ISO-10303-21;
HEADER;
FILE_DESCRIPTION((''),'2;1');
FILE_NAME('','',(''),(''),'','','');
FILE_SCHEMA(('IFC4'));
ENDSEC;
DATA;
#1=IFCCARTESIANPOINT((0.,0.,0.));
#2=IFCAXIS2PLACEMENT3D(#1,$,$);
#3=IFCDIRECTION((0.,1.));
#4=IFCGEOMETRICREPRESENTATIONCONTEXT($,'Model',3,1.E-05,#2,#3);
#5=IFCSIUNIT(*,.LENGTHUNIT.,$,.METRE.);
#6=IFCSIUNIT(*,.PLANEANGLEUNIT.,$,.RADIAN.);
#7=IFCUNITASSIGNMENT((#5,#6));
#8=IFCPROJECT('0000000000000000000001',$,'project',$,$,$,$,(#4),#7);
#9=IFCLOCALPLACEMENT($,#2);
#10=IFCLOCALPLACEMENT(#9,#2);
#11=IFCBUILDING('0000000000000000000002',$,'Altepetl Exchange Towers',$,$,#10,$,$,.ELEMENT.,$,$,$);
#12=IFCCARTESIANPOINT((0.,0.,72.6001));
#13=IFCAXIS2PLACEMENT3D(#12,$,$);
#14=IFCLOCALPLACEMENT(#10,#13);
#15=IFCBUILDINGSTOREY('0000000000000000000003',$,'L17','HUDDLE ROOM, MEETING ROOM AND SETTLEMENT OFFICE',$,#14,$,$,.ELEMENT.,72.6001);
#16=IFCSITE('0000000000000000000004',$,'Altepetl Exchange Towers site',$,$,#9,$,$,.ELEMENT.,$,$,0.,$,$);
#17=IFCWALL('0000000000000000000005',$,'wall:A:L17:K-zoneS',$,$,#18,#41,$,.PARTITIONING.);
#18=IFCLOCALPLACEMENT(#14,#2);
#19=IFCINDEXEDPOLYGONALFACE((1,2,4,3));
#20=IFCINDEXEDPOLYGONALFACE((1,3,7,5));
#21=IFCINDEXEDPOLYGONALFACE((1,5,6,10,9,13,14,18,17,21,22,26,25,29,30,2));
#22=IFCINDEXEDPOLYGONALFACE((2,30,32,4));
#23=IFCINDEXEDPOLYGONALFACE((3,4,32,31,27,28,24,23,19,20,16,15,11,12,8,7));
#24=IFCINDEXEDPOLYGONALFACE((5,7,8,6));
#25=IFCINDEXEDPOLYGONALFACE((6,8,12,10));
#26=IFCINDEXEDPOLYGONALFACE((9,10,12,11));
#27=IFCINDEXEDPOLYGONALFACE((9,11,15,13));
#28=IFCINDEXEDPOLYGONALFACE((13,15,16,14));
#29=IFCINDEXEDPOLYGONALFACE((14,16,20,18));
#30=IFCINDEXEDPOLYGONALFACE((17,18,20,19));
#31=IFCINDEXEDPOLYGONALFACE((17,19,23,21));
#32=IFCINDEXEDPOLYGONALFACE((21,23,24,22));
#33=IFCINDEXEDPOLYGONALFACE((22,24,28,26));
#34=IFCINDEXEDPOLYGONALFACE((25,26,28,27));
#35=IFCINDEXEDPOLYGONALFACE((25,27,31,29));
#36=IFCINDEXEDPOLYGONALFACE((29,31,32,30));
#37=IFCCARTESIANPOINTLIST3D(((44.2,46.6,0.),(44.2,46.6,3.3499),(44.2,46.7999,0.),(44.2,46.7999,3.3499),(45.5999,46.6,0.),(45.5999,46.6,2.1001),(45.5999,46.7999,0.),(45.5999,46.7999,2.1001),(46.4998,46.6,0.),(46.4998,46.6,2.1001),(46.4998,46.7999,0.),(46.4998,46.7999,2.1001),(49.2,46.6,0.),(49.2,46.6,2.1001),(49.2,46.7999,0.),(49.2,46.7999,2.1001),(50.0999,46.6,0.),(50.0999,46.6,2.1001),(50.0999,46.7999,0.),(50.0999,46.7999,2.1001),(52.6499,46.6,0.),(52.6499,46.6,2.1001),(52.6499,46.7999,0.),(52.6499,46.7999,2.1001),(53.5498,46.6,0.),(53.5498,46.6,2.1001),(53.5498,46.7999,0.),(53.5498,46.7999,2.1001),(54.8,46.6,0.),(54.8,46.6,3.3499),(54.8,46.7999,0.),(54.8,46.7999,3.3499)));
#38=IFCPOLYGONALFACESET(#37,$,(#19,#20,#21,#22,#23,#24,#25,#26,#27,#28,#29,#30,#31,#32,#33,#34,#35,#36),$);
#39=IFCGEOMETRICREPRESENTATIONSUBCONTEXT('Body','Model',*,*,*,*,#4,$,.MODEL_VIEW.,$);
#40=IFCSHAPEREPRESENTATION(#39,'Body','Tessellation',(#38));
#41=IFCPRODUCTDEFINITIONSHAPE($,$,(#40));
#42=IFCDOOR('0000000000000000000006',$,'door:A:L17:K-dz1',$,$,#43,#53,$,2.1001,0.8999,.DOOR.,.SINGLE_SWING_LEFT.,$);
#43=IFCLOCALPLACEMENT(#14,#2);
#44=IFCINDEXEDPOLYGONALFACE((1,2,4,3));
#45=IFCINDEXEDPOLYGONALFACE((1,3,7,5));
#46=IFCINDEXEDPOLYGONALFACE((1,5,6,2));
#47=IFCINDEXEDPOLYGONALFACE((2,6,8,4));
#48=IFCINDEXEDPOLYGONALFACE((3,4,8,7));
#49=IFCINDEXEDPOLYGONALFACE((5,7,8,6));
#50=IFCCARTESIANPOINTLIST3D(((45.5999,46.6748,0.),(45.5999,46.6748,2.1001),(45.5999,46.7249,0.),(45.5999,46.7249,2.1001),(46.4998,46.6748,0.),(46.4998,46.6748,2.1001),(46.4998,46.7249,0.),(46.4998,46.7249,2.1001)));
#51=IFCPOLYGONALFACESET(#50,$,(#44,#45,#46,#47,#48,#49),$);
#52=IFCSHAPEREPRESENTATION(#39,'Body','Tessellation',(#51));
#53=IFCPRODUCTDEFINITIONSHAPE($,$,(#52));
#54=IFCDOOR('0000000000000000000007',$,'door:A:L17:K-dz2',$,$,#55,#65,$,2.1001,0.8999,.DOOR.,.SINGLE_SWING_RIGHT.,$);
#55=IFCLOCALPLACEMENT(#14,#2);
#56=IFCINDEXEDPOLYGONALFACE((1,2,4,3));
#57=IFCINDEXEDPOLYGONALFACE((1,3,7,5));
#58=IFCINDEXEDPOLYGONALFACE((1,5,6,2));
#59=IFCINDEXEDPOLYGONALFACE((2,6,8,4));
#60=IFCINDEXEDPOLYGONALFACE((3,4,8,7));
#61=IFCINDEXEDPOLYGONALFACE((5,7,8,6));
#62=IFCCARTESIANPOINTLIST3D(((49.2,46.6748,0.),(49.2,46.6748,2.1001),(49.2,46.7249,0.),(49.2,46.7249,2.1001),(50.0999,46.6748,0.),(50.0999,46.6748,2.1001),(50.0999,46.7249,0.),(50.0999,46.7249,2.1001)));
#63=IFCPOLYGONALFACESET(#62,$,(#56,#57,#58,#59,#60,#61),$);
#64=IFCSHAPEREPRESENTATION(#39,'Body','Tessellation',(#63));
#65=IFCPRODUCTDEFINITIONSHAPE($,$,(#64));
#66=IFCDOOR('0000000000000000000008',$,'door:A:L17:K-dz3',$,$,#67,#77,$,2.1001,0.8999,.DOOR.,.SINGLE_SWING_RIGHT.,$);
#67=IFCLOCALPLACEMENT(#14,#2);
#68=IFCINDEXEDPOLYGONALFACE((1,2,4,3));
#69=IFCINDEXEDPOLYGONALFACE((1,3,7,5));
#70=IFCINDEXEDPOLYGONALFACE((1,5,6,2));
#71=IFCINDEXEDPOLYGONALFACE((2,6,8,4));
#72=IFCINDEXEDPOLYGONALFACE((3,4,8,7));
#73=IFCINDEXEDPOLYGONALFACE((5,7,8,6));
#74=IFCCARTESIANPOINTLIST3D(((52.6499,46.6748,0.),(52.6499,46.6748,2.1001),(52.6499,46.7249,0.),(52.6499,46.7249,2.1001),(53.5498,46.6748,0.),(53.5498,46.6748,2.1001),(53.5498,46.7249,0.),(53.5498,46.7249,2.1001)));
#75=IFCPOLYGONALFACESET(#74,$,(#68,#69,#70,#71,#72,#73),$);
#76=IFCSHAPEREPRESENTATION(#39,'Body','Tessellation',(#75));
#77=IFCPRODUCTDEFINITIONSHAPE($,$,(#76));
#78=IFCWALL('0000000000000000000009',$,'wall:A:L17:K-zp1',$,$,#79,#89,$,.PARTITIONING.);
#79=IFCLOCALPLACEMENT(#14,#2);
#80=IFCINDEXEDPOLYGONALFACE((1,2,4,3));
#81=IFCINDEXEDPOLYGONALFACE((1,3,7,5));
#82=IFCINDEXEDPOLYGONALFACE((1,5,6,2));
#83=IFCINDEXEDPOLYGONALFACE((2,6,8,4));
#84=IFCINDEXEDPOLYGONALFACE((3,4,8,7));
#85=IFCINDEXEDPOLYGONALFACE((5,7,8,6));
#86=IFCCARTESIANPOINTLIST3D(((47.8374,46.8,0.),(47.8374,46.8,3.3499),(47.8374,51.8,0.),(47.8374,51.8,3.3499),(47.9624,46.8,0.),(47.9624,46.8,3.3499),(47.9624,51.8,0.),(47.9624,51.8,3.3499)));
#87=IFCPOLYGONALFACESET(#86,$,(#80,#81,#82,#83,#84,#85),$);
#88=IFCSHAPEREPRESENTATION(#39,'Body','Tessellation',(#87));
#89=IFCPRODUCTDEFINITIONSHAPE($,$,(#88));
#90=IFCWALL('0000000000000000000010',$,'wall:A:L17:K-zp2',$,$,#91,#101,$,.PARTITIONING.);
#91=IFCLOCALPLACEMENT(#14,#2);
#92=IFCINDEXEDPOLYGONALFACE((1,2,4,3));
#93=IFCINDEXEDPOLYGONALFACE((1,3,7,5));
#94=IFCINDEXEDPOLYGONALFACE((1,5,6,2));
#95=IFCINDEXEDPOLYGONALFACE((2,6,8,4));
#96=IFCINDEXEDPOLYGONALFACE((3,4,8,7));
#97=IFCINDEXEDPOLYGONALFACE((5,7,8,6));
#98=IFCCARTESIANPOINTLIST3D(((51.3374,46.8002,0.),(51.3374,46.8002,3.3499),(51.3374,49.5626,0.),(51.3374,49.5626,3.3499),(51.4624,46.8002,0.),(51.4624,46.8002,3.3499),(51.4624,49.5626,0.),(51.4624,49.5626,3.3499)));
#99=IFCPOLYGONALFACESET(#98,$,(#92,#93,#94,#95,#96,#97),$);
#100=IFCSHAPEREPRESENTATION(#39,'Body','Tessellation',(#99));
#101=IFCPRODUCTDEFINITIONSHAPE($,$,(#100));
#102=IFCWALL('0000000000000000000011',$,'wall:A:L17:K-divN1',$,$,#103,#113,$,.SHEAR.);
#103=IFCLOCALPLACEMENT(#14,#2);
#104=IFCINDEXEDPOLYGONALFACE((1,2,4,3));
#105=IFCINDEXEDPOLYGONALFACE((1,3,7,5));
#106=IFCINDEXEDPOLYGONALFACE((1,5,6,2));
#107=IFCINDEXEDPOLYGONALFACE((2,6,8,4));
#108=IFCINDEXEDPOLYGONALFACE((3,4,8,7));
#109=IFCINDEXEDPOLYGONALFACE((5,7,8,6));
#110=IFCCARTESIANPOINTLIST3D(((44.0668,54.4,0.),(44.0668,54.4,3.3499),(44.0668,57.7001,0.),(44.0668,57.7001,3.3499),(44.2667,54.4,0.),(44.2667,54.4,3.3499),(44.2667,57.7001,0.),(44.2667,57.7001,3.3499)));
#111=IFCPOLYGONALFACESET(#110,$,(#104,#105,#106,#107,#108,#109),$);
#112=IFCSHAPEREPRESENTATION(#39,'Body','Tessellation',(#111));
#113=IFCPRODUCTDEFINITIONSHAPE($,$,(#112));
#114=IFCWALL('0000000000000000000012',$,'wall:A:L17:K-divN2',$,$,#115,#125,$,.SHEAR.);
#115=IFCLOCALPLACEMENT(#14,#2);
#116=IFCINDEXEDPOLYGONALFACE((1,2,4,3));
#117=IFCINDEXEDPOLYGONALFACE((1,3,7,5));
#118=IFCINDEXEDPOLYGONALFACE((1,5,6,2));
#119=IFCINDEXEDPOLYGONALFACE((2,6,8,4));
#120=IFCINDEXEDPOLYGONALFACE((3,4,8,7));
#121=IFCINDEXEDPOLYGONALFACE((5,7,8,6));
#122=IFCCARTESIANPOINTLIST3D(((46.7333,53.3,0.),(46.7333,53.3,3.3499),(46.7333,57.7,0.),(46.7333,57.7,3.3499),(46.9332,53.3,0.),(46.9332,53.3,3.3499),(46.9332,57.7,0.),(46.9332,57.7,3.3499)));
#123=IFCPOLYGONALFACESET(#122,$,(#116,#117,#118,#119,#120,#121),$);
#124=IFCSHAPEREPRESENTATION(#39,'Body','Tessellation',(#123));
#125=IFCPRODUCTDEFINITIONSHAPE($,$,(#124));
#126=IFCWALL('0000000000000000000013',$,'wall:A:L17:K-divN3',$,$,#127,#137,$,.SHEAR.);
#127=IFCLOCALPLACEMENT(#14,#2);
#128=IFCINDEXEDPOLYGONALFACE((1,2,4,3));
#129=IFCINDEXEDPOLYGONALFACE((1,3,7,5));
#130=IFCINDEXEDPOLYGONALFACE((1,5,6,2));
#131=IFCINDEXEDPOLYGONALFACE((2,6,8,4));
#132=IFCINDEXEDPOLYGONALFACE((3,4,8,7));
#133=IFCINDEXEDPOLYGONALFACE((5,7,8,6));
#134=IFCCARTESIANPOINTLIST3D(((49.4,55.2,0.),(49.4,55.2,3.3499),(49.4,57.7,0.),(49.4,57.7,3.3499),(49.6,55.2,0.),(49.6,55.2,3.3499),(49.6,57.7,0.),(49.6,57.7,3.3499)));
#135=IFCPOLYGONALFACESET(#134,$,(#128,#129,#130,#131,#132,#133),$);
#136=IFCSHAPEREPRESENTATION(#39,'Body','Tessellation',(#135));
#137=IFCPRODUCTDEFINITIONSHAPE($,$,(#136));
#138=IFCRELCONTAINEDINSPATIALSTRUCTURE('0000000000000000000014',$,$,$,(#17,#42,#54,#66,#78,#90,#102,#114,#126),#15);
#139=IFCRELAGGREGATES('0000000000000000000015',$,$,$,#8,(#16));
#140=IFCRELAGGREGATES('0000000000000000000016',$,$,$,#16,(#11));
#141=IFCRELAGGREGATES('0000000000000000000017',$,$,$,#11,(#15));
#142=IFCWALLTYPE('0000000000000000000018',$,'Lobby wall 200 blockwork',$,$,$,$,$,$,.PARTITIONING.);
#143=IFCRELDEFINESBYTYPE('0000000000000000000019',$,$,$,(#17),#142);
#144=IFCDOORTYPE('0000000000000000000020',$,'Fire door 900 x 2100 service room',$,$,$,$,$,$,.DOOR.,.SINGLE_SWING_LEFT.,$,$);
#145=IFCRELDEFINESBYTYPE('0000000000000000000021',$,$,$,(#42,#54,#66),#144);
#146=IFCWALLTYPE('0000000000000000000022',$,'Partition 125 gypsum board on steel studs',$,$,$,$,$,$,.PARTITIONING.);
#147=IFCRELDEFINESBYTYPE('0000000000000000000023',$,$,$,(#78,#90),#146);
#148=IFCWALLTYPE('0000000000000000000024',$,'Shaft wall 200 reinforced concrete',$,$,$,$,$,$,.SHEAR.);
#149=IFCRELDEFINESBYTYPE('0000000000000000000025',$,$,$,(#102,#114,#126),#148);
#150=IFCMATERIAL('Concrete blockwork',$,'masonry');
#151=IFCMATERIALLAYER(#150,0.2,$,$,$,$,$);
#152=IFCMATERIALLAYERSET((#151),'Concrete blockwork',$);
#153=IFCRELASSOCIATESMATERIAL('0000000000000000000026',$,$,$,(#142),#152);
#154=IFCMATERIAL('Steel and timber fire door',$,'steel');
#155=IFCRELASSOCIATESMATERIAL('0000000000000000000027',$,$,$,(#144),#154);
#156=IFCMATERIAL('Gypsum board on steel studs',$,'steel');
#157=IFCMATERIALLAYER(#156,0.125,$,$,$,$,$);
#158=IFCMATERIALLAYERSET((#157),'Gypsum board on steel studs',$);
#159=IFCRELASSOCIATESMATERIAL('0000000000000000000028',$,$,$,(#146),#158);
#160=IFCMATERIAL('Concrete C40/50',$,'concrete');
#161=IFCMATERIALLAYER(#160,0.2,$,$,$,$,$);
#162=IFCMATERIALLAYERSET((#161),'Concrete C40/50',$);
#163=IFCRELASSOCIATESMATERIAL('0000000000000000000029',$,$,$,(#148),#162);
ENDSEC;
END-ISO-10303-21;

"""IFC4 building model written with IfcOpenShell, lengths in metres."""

from ifc_helpers import new_model, si_unit, direction, frame, frame_2d, origin, place, context, subcontext, project, spatial, rectangle, extrude, material, layer, layer_set, type_object, element, fill, save


model = new_model("IFC4")

# Units and contexts
model_context = context("Model", 3, precision=1e-05, world=origin(), true_north=direction((0.0, 1.0)))
body_context = subcontext(model_context, "Body", "Model", "MODEL_VIEW")
ifc_project = project(units=[si_unit("LENGTHUNIT", "METRE"), si_unit("PLANEANGLEUNIT", "RADIAN")], contexts=[model_context])

# Site, building, storey
site_placement = place(None, origin())
site = spatial("IfcSite", under=ifc_project, at=site_placement, Name="Altepetl Exchange Towers site", CompositionType="ELEMENT", RefElevation=0.0)
building_placement = place(site_placement, origin())
building = spatial("IfcBuilding", under=site, at=building_placement, Name="Altepetl Exchange Towers", CompositionType="ELEMENT")
storey_placement = place(building_placement, frame((0.0, 0.0, 72.6001)))
storey = spatial("IfcBuildingStorey", under=building, at=storey_placement, Name="L17", Description="HUDDLE ROOM, MEETING ROOM AND SETTLEMENT OFFICE", CompositionType="ELEMENT", Elevation=72.6001)

# Shared definitions
ifc_material_1 = material(Name="Concrete blockwork", Category="masonry")
ifc_layer_1 = layer(ifc_material_1, 0.2)
ifc_layer_set_1 = layer_set([ifc_layer_1], Name="Concrete blockwork")
wall_type_1 = type_object("IfcWallType", Name="Lobby wall 200 blockwork", PredefinedType="PARTITIONING", material=ifc_layer_set_1)

# Shared definitions
ifc_material_2 = material(Name="Steel and timber fire door", Category="steel")
door_type_1 = type_object("IfcDoorType", Name="Fire door 900 x 2100 service room", OperationType="SINGLE_SWING_LEFT", PredefinedType="DOOR", material=ifc_material_2)

# Wall, openings, doors
wall_1_placement = place(storey_placement, frame((44.2, 46.7, 0.0)))
wall_1 = element("IfcWall", 1, at=wall_1_placement, inside=storey, type_object=wall_type_1, Name="wall:A:L17:K-zoneS", PredefinedType="PARTITIONING", context=body_context, shape_type="SweptSolid", body=[
    extrude(rectangle(XDim=10.6001, YDim=0.2, at=frame_2d((5.3, 0.0))), origin(), (0.0, 0.0, 1.0), 3.3499),
])
opening_1_placement = place(wall_1_placement, frame((1.3999, 0.0, 0.0)))
opening_1 = element("IfcOpeningElement", 2, at=opening_1_placement, cuts=wall_1, PredefinedType="OPENING", context=body_context, shape_type="SweptSolid", body=[
    extrude(rectangle(XDim=0.8999, YDim=2.1001, at=frame_2d((0.45, 1.05))), frame((0.0, 0.1099, 0.0), z_axis=(0.0, -1.0, 0.0), x_axis=(1.0, 0.0, 0.0)), (0.0, 0.0, 1.0), 0.22),
])
opening_2_placement = place(wall_1_placement, frame((5.0, 0.0, 0.0)))
opening_2 = element("IfcOpeningElement", 3, at=opening_2_placement, cuts=wall_1, PredefinedType="OPENING", context=body_context, shape_type="SweptSolid", body=[
    extrude(rectangle(XDim=0.8999, YDim=2.1001, at=frame_2d((0.45, 1.05))), frame((0.0, 0.1099, 0.0), z_axis=(0.0, -1.0, 0.0), x_axis=(1.0, 0.0, 0.0)), (0.0, 0.0, 1.0), 0.22),
])
opening_3_placement = place(wall_1_placement, frame((8.45, 0.0, 0.0)))
opening_3 = element("IfcOpeningElement", 4, at=opening_3_placement, cuts=wall_1, PredefinedType="OPENING", context=body_context, shape_type="SweptSolid", body=[
    extrude(rectangle(XDim=0.8999, YDim=2.1001, at=frame_2d((0.45, 1.05))), frame((0.0, 0.1099, 0.0), z_axis=(0.0, -1.0, 0.0), x_axis=(1.0, 0.0, 0.0)), (0.0, 0.0, 1.0), 0.22),
])
door_1_placement = place(opening_1_placement, origin())
door_1 = element("IfcDoor", 5, at=door_1_placement, inside=storey, type_object=door_type_1, Name="door:A:L17:K-dz1", OperationType="SINGLE_SWING_LEFT", OverallHeight=2.1001, OverallWidth=0.8999, PredefinedType="DOOR", context=body_context, shape_type="SweptSolid", body=[
    extrude(rectangle(XDim=0.8999, YDim=2.1001, at=frame_2d((0.45, 1.05))), frame((0.0, 0.0249, 0.0), z_axis=(0.0, -1.0, 0.0), x_axis=(1.0, 0.0, 0.0)), (0.0, 0.0, 1.0), 0.05),
])
fill(opening_1, door_1)
door_2_placement = place(opening_2_placement, origin())
door_2 = element("IfcDoor", 6, at=door_2_placement, inside=storey, type_object=door_type_1, Name="door:A:L17:K-dz2", OperationType="SINGLE_SWING_RIGHT", OverallHeight=2.1001, OverallWidth=0.8999, PredefinedType="DOOR", context=body_context, shape_type="SweptSolid", body=[
    extrude(rectangle(XDim=0.8999, YDim=2.1001, at=frame_2d((0.45, 1.05))), frame((0.0, 0.0249, 0.0), z_axis=(0.0, -1.0, 0.0), x_axis=(1.0, 0.0, 0.0)), (0.0, 0.0, 1.0), 0.05),
])
fill(opening_2, door_2)
door_3_placement = place(opening_3_placement, origin())
door_3 = element("IfcDoor", 7, at=door_3_placement, inside=storey, type_object=door_type_1, Name="door:A:L17:K-dz3", OperationType="SINGLE_SWING_RIGHT", OverallHeight=2.1001, OverallWidth=0.8999, PredefinedType="DOOR", context=body_context, shape_type="SweptSolid", body=[
    extrude(rectangle(XDim=0.8999, YDim=2.1001, at=frame_2d((0.45, 1.05))), frame((0.0, 0.0249, 0.0), z_axis=(0.0, -1.0, 0.0), x_axis=(1.0, 0.0, 0.0)), (0.0, 0.0, 1.0), 0.05),
])
fill(opening_3, door_3)

# Walls
ifc_material_3 = material(Name="Gypsum board on steel studs", Category="steel")
ifc_layer_2 = layer(ifc_material_3, 0.125)
ifc_layer_set_2 = layer_set([ifc_layer_2], Name="Gypsum board on steel studs")
wall_type_2 = type_object("IfcWallType", Name="Partition 125 gypsum board on steel studs", PredefinedType="PARTITIONING", material=ifc_layer_set_2)
wall_2_placement = place(storey_placement, frame((47.8999, 46.8, 0.0), z_axis=(0.0, 0.0, 1.0), x_axis=(0.0, 1.0, 0.0)))
element("IfcWall", 8, at=wall_2_placement, inside=storey, type_object=wall_type_2, Name="wall:A:L17:K-zp1", PredefinedType="PARTITIONING", context=body_context, shape_type="SweptSolid", body=[
    extrude(rectangle(XDim=5.0, YDim=0.125, at=frame_2d((2.5, 0.0))), origin(), (0.0, 0.0, 1.0), 3.3499),
])
wall_3_placement = place(storey_placement, frame((51.3999, 46.8, 0.0), z_axis=(0.0, 0.0, 1.0), x_axis=(0.0, 1.0, 0.0)))
element("IfcWall", 9, at=wall_3_placement, inside=storey, type_object=wall_type_2, Name="wall:A:L17:K-zp2", PredefinedType="PARTITIONING", context=body_context, shape_type="SweptSolid", body=[
    extrude(rectangle(XDim=2.7625, YDim=0.125, at=frame_2d((1.3813, 0.0))), origin(), (0.0, 0.0, 1.0), 3.3499),
])
ifc_material_4 = material(Name="Concrete C40/50", Category="concrete")
ifc_layer_3 = layer(ifc_material_4, 0.2)
ifc_layer_set_3 = layer_set([ifc_layer_3], Name="Concrete C40/50")
wall_type_3 = type_object("IfcWallType", Name="Shaft wall 200 reinforced concrete", PredefinedType="SHEAR", material=ifc_layer_set_3)
wall_4_placement = place(storey_placement, frame((44.1667, 57.7, 0.0), z_axis=(0.0, 0.0, 1.0), x_axis=(0.0, -1.0, 0.0)))
element("IfcWall", 10, at=wall_4_placement, inside=storey, type_object=wall_type_3, Name="wall:A:L17:K-divN1", PredefinedType="SHEAR", context=body_context, shape_type="SweptSolid", body=[
    extrude(rectangle(XDim=3.3, YDim=0.2, at=frame_2d((1.6499, 0.0))), origin(), (0.0, 0.0, 1.0), 3.3499),
])
wall_5_placement = place(storey_placement, frame((46.8333, 57.7, 0.0), z_axis=(0.0, 0.0, 1.0), x_axis=(0.0, -1.0, 0.0)))
element("IfcWall", 11, at=wall_5_placement, inside=storey, type_object=wall_type_3, Name="wall:A:L17:K-divN2", PredefinedType="SHEAR", context=body_context, shape_type="SweptSolid", body=[
    extrude(rectangle(XDim=4.3999, YDim=0.2, at=frame_2d((2.2, 0.0))), origin(), (0.0, 0.0, 1.0), 3.3499),
])
wall_6_placement = place(storey_placement, frame((49.5, 57.7, 0.0), z_axis=(0.0, 0.0, 1.0), x_axis=(0.0, -1.0, 0.0)))
element("IfcWall", 12, at=wall_6_placement, inside=storey, type_object=wall_type_3, Name="wall:A:L17:K-divN3", PredefinedType="SHEAR", context=body_context, shape_type="SweptSolid", body=[
    extrude(rectangle(XDim=2.5, YDim=0.2, at=frame_2d((1.25, 0.0))), origin(), (0.0, 0.0, 1.0), 3.3499),
])

save(model, "model.ifc")
